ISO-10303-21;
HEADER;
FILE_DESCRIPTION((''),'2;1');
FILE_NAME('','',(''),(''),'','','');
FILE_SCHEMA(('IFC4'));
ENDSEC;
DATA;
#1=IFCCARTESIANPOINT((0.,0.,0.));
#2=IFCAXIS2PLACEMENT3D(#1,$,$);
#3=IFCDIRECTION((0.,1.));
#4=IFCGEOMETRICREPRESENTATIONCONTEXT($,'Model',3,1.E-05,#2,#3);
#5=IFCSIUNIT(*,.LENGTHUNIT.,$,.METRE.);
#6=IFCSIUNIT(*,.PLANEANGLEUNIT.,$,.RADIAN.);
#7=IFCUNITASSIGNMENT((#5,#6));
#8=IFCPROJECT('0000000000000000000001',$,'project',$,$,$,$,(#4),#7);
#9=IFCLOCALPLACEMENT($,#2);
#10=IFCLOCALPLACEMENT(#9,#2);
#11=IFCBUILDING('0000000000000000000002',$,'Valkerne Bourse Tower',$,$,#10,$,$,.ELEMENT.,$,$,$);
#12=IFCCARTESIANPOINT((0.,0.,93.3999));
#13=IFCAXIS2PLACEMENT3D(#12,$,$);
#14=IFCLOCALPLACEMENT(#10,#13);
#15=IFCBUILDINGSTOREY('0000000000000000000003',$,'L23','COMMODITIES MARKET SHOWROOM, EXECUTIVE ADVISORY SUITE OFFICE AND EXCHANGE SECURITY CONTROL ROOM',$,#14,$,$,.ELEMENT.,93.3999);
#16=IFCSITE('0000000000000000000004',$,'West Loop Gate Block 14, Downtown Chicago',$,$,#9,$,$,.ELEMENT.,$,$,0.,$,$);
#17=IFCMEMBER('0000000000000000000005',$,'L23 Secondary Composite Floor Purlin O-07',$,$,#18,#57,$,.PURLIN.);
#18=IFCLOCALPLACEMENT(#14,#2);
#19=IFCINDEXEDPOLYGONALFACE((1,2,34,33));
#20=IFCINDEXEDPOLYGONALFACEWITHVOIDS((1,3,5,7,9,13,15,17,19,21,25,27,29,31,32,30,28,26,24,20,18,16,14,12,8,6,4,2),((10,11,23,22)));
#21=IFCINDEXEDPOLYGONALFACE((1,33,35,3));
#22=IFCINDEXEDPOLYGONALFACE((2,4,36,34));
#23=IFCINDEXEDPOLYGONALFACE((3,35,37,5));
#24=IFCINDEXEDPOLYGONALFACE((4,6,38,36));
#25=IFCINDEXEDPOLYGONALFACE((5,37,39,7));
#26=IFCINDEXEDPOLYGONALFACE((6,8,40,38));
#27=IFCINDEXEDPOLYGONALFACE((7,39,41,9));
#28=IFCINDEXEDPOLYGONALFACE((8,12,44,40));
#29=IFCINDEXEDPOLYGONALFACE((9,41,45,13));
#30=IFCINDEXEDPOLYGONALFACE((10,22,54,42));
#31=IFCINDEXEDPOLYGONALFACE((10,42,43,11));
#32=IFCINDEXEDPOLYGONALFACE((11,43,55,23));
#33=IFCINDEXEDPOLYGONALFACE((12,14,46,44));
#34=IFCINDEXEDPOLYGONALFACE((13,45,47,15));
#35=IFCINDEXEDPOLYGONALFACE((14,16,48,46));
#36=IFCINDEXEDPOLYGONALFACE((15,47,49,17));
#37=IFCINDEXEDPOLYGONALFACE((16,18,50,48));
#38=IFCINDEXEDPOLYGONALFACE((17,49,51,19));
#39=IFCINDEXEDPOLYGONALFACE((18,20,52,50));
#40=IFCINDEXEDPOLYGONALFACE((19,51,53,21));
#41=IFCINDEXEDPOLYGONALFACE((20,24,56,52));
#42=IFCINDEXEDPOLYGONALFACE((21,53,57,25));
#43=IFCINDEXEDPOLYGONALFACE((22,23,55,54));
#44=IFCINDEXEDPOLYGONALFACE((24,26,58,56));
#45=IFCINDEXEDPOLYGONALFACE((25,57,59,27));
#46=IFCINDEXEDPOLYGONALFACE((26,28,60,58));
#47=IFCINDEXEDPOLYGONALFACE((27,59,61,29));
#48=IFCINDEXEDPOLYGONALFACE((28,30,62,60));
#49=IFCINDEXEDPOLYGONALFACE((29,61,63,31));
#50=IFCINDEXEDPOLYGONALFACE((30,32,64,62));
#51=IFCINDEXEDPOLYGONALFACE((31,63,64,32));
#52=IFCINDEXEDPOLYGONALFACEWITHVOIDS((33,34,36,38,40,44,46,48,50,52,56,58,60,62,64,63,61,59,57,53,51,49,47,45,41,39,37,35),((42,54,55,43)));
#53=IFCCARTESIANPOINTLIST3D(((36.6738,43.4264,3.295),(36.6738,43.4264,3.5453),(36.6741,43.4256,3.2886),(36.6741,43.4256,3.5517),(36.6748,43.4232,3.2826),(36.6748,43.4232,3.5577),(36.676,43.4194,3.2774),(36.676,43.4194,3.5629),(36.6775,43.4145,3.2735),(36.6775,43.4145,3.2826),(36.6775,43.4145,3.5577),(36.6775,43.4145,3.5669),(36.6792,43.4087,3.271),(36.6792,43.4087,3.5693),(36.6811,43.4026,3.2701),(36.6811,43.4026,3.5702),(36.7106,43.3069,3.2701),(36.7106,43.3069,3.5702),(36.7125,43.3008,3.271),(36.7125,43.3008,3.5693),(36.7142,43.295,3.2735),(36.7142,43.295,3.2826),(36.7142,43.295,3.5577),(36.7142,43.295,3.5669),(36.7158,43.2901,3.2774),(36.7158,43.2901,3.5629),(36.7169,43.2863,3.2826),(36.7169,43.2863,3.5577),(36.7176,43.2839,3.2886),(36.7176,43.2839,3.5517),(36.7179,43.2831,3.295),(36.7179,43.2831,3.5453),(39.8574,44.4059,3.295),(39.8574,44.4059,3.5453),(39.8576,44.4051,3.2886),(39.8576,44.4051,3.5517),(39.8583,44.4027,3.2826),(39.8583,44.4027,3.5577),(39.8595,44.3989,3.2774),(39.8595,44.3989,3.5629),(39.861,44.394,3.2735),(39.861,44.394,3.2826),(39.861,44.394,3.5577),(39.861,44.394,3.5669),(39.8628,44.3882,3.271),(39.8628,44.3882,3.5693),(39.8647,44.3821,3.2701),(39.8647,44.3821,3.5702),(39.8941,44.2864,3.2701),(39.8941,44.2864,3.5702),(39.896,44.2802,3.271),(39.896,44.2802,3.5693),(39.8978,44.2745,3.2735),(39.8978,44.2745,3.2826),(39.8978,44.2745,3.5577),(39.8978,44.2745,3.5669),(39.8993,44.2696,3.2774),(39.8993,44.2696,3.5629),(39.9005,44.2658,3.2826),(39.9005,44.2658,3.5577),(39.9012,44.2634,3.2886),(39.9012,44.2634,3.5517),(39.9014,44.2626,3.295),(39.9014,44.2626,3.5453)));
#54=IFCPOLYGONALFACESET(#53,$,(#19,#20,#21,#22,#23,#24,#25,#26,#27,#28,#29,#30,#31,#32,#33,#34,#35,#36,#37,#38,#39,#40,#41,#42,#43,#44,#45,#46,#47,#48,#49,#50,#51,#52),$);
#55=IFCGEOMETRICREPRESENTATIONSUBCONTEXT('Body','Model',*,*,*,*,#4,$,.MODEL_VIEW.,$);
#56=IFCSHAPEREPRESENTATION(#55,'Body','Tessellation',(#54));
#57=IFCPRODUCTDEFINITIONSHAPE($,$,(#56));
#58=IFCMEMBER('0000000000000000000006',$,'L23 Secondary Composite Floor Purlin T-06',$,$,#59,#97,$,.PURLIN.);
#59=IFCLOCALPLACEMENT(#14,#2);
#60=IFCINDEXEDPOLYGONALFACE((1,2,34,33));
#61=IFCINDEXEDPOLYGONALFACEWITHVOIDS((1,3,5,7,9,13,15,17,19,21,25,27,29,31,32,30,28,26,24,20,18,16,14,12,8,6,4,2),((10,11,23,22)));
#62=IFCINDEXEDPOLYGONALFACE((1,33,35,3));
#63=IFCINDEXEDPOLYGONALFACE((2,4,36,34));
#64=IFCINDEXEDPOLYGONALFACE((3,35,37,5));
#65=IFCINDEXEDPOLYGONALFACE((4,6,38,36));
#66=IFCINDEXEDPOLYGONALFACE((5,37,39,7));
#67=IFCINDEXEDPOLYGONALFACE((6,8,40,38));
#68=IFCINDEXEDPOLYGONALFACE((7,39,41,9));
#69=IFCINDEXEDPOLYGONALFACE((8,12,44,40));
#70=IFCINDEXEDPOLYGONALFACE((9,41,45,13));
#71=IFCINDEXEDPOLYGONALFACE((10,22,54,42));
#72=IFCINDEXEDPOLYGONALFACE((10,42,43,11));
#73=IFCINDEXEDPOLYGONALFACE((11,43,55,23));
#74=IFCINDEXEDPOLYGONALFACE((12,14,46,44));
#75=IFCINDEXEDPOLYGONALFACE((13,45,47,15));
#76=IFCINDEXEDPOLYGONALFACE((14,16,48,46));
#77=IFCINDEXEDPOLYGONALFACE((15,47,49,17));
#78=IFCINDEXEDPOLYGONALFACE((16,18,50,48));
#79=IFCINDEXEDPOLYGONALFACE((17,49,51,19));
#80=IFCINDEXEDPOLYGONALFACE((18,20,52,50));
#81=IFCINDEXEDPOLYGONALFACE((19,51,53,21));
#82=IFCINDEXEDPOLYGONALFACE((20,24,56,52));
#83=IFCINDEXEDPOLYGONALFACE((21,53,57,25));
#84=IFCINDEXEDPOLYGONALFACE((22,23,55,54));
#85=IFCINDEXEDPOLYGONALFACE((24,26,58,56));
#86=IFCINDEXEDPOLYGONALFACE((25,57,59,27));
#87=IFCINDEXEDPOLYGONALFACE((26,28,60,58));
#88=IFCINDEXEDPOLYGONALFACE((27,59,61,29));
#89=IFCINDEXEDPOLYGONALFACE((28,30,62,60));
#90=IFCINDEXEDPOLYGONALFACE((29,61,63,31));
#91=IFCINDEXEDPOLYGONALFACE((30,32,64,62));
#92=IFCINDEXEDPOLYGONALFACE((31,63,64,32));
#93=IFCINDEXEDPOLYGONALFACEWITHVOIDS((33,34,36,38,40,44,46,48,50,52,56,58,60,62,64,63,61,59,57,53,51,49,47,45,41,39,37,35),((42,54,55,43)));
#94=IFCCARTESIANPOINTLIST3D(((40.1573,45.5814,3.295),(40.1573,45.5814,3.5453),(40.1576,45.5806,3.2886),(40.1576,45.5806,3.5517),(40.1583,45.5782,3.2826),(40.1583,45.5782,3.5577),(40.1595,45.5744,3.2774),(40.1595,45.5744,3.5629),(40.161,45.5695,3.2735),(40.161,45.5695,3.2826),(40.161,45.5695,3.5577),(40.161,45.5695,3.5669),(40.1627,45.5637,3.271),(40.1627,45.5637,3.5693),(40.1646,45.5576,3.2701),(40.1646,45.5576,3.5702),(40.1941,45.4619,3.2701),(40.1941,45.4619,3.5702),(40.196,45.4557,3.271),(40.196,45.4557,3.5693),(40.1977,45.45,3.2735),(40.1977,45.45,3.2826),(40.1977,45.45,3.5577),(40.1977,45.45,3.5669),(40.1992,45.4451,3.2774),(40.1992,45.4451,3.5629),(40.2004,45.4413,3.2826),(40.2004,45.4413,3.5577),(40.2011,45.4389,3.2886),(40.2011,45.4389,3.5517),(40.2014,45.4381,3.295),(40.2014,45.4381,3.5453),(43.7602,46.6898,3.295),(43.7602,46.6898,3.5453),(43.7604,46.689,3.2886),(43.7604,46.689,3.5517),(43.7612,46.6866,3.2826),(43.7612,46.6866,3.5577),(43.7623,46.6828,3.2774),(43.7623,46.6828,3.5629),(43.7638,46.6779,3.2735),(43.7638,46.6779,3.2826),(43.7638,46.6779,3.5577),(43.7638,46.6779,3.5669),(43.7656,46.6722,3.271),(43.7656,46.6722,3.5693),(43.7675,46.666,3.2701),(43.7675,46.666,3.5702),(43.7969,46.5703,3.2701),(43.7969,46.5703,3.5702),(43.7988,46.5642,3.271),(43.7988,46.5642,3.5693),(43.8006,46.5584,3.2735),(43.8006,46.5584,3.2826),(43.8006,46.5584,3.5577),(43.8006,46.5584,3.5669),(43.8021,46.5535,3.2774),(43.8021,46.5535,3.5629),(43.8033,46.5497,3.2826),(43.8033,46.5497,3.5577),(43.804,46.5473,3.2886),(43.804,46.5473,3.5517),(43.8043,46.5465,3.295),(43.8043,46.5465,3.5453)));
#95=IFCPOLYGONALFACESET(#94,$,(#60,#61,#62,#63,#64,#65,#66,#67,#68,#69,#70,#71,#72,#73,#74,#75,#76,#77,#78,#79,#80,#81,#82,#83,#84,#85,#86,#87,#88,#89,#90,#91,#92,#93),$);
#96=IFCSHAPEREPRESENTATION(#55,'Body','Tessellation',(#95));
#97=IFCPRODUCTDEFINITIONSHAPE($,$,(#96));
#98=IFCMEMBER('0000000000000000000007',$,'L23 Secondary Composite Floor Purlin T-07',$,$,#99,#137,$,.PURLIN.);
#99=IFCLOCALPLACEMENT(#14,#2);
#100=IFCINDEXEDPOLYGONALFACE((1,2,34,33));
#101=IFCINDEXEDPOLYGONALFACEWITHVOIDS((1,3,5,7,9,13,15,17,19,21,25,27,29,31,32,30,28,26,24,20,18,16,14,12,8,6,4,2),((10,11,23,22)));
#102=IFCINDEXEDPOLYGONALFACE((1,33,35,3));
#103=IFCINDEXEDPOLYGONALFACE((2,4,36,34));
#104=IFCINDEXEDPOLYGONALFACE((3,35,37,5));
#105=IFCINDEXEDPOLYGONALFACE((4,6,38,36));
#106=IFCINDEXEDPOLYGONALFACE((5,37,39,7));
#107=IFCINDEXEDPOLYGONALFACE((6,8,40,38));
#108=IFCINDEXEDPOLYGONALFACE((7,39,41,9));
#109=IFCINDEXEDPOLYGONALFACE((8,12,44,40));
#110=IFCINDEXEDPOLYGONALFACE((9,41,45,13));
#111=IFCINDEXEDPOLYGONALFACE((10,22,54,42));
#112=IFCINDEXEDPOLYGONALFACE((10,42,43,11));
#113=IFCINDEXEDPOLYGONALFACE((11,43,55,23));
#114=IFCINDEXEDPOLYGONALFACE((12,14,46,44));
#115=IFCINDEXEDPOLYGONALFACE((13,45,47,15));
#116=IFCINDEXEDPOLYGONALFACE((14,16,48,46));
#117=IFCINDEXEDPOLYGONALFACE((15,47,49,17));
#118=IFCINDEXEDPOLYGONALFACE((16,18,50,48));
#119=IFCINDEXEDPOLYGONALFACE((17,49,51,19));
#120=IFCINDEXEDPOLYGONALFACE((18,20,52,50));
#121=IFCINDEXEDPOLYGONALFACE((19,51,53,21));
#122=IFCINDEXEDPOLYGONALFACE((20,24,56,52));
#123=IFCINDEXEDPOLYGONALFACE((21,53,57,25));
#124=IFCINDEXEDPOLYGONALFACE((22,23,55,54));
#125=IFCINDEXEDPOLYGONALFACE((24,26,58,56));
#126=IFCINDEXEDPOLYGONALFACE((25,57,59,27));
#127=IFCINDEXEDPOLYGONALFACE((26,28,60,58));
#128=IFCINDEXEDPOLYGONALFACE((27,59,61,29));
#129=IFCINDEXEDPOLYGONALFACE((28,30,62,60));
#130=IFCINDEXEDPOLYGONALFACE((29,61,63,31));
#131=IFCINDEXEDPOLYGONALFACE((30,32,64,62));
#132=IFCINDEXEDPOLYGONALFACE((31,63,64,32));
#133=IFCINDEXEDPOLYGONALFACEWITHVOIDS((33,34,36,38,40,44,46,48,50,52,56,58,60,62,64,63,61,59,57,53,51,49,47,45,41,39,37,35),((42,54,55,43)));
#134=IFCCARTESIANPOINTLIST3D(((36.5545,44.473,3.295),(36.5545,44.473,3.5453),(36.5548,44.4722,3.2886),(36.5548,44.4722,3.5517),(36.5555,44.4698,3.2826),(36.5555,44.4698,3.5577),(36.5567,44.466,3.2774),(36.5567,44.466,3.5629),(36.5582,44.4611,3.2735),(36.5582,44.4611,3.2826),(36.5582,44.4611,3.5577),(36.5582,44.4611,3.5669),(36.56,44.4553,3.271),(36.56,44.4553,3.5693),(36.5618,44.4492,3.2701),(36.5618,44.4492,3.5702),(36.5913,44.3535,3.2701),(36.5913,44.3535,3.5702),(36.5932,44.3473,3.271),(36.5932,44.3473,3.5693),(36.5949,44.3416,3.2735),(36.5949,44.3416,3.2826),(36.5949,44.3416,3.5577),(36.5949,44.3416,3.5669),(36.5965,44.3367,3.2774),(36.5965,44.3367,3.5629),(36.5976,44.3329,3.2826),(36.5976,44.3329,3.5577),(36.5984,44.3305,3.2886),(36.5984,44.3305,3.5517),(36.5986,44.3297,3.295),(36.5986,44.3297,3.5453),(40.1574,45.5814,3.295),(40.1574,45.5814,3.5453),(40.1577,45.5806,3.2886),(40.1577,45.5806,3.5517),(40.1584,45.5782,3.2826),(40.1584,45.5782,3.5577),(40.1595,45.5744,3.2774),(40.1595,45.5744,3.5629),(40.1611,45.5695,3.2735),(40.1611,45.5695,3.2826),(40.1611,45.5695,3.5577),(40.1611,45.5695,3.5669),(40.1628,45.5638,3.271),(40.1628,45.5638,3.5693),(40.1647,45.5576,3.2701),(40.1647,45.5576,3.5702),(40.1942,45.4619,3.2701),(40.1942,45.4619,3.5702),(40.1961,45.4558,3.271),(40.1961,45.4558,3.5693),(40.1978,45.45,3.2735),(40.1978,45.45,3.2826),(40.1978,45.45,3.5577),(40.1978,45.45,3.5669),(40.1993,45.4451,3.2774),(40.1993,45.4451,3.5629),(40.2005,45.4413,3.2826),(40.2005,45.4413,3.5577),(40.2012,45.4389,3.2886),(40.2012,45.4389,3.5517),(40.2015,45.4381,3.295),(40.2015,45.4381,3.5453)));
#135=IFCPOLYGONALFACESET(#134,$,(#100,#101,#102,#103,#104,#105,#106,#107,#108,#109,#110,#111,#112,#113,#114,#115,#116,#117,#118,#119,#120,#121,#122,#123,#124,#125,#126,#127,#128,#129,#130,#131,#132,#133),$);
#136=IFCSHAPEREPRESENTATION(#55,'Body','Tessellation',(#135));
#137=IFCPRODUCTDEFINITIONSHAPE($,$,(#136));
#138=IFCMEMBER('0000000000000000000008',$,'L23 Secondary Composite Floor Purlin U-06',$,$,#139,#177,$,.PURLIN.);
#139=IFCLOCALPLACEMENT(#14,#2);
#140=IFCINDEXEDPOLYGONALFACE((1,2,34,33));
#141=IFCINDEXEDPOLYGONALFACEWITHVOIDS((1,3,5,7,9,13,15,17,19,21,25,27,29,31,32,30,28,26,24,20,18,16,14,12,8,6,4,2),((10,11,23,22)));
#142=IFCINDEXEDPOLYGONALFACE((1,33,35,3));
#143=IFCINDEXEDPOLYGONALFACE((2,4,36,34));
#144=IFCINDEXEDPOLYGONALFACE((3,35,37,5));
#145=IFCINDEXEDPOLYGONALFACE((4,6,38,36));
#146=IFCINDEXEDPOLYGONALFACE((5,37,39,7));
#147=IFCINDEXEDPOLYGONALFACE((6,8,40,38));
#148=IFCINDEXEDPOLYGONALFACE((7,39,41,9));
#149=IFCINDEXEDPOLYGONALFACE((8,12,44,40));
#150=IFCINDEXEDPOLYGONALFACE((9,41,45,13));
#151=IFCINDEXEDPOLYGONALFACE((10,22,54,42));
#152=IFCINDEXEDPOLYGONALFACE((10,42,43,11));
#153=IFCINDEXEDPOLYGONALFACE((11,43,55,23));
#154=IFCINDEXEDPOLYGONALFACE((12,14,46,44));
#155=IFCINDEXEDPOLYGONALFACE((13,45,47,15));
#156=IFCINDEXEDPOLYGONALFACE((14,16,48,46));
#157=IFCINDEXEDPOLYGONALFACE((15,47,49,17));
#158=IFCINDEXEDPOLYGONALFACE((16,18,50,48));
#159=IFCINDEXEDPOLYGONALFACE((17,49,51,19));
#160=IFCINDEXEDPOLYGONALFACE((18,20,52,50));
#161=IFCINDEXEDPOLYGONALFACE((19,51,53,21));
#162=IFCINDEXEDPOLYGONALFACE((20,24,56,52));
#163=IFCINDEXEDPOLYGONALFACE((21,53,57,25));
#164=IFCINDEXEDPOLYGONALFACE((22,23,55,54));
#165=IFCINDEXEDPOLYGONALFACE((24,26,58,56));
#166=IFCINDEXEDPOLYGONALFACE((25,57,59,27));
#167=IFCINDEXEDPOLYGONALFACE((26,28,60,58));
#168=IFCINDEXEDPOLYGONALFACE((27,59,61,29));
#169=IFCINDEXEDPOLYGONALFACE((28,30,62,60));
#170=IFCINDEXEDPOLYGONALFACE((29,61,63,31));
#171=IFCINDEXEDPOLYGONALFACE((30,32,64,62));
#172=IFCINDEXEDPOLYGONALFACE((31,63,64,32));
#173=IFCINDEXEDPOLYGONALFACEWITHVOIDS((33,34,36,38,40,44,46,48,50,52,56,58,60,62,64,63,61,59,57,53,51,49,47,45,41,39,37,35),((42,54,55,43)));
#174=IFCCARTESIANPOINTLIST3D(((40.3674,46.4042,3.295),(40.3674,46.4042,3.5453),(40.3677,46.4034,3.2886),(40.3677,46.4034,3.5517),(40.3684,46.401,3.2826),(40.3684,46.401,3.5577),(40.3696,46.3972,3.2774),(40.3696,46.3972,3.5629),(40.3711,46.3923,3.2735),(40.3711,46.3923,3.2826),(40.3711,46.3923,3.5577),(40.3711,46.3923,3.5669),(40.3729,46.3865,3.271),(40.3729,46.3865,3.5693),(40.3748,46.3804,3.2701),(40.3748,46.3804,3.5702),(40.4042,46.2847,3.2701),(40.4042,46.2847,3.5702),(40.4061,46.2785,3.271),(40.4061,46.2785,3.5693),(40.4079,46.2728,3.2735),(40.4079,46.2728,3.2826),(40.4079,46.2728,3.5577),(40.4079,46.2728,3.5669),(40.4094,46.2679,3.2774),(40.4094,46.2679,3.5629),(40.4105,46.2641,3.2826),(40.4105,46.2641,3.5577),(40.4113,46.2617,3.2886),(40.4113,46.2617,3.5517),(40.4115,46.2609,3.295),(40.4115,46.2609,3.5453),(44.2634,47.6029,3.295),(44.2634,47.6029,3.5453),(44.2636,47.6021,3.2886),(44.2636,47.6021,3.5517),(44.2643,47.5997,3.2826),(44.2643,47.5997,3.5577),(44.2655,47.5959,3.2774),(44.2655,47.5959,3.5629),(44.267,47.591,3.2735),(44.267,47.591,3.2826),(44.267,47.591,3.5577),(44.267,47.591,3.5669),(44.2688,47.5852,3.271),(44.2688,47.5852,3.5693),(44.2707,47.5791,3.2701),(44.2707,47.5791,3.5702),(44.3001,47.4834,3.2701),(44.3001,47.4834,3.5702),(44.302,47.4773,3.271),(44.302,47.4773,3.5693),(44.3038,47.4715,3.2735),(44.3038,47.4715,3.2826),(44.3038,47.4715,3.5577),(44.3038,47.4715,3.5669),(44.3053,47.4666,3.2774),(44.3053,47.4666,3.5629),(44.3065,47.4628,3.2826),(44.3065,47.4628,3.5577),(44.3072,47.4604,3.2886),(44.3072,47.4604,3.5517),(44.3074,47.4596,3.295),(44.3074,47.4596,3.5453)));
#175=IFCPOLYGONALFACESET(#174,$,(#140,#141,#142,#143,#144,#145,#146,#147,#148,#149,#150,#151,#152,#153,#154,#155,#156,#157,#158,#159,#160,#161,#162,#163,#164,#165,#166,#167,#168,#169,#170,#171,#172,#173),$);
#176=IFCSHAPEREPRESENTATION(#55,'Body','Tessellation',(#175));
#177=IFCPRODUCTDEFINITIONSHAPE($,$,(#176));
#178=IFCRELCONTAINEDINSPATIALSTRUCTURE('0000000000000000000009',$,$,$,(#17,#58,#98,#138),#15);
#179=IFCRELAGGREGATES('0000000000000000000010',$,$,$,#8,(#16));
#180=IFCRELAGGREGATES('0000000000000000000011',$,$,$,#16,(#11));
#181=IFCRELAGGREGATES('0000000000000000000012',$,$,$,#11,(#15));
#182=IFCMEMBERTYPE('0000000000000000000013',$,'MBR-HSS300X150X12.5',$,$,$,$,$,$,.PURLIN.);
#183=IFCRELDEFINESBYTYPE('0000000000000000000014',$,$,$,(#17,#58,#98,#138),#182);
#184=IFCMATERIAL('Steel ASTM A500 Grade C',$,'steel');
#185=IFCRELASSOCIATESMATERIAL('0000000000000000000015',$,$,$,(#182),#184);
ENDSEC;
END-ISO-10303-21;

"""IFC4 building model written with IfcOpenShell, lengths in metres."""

from ifc_helpers import new_model, si_unit, direction, frame, origin, origin_2d, place, context, subcontext, project, spatial, hollow_rectangle, extrude, material, material_profile, profile_set, type_object, element, save


model = new_model("IFC4")

# Units and contexts
model_context = context("Model", 3, precision=1e-05, world=origin(), true_north=direction((0.0, 1.0)))
body_context = subcontext(model_context, "Body", "Model", "MODEL_VIEW")
ifc_project = project(units=[si_unit("LENGTHUNIT", "METRE"), si_unit("PLANEANGLEUNIT", "RADIAN")], contexts=[model_context])

# Site, building, storey
site_placement = place(None, origin())
site = spatial("IfcSite", under=ifc_project, at=site_placement, Name="West Loop Gate Block 14, Downtown Chicago", CompositionType="ELEMENT", RefElevation=0.0)
building_placement = place(site_placement, origin())
building = spatial("IfcBuilding", under=site, at=building_placement, Name="Valkerne Bourse Tower", CompositionType="ELEMENT")
storey_placement = place(building_placement, frame((0.0, 0.0, 93.3999)))
storey = spatial("IfcBuildingStorey", under=building, at=storey_placement, Name="L23", Description="COMMODITIES MARKET SHOWROOM, EXECUTIVE ADVISORY SUITE OFFICE AND EXCHANGE SECURITY CONTROL ROOM", CompositionType="ELEMENT", Elevation=93.3999)

# Members
ifc_material_1 = material(Name="Steel ASTM A500 Grade C", Category="steel")
ifc_material_profile_1 = material_profile(ifc_material_1, hollow_rectangle(XDim=0.1499, YDim=0.3, WallThickness=0.0125, OuterFilletRadius=0.0249, at=origin_2d()), Name="HSS300X150X12.5")
ifc_profile_set_1 = profile_set([ifc_material_profile_1], Name="Steel ASTM A500 Grade C")
member_type_1 = type_object("IfcMemberType", Name="MBR-HSS300X150X12.5", PredefinedType="PURLIN", material=ifc_profile_set_1)
member_1_placement = place(storey_placement, frame((39.8794, 44.3342, 3.4202), z_axis=(-0.955785, -0.294065, 0.0), x_axis=(0.294065, -0.955785, 0.0)))
element("IfcMember", 1, at=member_1_placement, inside=storey, type_object=member_type_1, Name="L23 Secondary Composite Floor Purlin O-07", PredefinedType="PURLIN", context=body_context, shape_type="SweptSolid", body=[
    extrude(hollow_rectangle(XDim=0.1499, YDim=0.3, WallThickness=0.0125, OuterFilletRadius=0.0249, at=origin_2d()), origin(), (0.0, 0.0, 1.0), 3.3308),
])
for number, where, z_axis, x_axis, name in (
    (2, (43.7822, 46.6182, 3.4202), (-0.95579, -0.294049, 0.0), (0.294049, -0.95579, 0.0), "L23 Secondary Composite Floor Purlin T-06"),
    (3, (40.1794, 45.5098, 3.4202), (-0.95579, -0.294049, 0.0), (0.294049, -0.95579, 0.0), "L23 Secondary Composite Floor Purlin T-07"),
):
    element("IfcMember", number, at=place(storey_placement, frame(where, z_axis=z_axis, x_axis=x_axis)), inside=storey, type_object=member_type_1, Name=name, PredefinedType="PURLIN", context=body_context, shape_type="SweptSolid", body=[
        extrude(hollow_rectangle(XDim=0.1499, YDim=0.3, WallThickness=0.0125, OuterFilletRadius=0.0249, at=origin_2d()), origin(), (0.0, 0.0, 1.0), 3.7695),
    ])
for number, where, z_axis, x_axis, name in (
    (4, (44.2854, 47.5312, 3.4202), (-0.955782, -0.294077, 0.0), (0.294077, -0.955782, 0.0), "L23 Secondary Composite Floor Purlin U-06"),
):
    element("IfcMember", number, at=place(storey_placement, frame(where, z_axis=z_axis, x_axis=x_axis)), inside=storey, type_object=member_type_1, Name=name, PredefinedType="PURLIN", context=body_context, shape_type="SweptSolid", body=[
        extrude(hollow_rectangle(XDim=0.1499, YDim=0.3, WallThickness=0.0125, OuterFilletRadius=0.0249, at=origin_2d()), origin(), (0.0, 0.0, 1.0), 4.0762),
    ])

save(model, "model.ifc")
